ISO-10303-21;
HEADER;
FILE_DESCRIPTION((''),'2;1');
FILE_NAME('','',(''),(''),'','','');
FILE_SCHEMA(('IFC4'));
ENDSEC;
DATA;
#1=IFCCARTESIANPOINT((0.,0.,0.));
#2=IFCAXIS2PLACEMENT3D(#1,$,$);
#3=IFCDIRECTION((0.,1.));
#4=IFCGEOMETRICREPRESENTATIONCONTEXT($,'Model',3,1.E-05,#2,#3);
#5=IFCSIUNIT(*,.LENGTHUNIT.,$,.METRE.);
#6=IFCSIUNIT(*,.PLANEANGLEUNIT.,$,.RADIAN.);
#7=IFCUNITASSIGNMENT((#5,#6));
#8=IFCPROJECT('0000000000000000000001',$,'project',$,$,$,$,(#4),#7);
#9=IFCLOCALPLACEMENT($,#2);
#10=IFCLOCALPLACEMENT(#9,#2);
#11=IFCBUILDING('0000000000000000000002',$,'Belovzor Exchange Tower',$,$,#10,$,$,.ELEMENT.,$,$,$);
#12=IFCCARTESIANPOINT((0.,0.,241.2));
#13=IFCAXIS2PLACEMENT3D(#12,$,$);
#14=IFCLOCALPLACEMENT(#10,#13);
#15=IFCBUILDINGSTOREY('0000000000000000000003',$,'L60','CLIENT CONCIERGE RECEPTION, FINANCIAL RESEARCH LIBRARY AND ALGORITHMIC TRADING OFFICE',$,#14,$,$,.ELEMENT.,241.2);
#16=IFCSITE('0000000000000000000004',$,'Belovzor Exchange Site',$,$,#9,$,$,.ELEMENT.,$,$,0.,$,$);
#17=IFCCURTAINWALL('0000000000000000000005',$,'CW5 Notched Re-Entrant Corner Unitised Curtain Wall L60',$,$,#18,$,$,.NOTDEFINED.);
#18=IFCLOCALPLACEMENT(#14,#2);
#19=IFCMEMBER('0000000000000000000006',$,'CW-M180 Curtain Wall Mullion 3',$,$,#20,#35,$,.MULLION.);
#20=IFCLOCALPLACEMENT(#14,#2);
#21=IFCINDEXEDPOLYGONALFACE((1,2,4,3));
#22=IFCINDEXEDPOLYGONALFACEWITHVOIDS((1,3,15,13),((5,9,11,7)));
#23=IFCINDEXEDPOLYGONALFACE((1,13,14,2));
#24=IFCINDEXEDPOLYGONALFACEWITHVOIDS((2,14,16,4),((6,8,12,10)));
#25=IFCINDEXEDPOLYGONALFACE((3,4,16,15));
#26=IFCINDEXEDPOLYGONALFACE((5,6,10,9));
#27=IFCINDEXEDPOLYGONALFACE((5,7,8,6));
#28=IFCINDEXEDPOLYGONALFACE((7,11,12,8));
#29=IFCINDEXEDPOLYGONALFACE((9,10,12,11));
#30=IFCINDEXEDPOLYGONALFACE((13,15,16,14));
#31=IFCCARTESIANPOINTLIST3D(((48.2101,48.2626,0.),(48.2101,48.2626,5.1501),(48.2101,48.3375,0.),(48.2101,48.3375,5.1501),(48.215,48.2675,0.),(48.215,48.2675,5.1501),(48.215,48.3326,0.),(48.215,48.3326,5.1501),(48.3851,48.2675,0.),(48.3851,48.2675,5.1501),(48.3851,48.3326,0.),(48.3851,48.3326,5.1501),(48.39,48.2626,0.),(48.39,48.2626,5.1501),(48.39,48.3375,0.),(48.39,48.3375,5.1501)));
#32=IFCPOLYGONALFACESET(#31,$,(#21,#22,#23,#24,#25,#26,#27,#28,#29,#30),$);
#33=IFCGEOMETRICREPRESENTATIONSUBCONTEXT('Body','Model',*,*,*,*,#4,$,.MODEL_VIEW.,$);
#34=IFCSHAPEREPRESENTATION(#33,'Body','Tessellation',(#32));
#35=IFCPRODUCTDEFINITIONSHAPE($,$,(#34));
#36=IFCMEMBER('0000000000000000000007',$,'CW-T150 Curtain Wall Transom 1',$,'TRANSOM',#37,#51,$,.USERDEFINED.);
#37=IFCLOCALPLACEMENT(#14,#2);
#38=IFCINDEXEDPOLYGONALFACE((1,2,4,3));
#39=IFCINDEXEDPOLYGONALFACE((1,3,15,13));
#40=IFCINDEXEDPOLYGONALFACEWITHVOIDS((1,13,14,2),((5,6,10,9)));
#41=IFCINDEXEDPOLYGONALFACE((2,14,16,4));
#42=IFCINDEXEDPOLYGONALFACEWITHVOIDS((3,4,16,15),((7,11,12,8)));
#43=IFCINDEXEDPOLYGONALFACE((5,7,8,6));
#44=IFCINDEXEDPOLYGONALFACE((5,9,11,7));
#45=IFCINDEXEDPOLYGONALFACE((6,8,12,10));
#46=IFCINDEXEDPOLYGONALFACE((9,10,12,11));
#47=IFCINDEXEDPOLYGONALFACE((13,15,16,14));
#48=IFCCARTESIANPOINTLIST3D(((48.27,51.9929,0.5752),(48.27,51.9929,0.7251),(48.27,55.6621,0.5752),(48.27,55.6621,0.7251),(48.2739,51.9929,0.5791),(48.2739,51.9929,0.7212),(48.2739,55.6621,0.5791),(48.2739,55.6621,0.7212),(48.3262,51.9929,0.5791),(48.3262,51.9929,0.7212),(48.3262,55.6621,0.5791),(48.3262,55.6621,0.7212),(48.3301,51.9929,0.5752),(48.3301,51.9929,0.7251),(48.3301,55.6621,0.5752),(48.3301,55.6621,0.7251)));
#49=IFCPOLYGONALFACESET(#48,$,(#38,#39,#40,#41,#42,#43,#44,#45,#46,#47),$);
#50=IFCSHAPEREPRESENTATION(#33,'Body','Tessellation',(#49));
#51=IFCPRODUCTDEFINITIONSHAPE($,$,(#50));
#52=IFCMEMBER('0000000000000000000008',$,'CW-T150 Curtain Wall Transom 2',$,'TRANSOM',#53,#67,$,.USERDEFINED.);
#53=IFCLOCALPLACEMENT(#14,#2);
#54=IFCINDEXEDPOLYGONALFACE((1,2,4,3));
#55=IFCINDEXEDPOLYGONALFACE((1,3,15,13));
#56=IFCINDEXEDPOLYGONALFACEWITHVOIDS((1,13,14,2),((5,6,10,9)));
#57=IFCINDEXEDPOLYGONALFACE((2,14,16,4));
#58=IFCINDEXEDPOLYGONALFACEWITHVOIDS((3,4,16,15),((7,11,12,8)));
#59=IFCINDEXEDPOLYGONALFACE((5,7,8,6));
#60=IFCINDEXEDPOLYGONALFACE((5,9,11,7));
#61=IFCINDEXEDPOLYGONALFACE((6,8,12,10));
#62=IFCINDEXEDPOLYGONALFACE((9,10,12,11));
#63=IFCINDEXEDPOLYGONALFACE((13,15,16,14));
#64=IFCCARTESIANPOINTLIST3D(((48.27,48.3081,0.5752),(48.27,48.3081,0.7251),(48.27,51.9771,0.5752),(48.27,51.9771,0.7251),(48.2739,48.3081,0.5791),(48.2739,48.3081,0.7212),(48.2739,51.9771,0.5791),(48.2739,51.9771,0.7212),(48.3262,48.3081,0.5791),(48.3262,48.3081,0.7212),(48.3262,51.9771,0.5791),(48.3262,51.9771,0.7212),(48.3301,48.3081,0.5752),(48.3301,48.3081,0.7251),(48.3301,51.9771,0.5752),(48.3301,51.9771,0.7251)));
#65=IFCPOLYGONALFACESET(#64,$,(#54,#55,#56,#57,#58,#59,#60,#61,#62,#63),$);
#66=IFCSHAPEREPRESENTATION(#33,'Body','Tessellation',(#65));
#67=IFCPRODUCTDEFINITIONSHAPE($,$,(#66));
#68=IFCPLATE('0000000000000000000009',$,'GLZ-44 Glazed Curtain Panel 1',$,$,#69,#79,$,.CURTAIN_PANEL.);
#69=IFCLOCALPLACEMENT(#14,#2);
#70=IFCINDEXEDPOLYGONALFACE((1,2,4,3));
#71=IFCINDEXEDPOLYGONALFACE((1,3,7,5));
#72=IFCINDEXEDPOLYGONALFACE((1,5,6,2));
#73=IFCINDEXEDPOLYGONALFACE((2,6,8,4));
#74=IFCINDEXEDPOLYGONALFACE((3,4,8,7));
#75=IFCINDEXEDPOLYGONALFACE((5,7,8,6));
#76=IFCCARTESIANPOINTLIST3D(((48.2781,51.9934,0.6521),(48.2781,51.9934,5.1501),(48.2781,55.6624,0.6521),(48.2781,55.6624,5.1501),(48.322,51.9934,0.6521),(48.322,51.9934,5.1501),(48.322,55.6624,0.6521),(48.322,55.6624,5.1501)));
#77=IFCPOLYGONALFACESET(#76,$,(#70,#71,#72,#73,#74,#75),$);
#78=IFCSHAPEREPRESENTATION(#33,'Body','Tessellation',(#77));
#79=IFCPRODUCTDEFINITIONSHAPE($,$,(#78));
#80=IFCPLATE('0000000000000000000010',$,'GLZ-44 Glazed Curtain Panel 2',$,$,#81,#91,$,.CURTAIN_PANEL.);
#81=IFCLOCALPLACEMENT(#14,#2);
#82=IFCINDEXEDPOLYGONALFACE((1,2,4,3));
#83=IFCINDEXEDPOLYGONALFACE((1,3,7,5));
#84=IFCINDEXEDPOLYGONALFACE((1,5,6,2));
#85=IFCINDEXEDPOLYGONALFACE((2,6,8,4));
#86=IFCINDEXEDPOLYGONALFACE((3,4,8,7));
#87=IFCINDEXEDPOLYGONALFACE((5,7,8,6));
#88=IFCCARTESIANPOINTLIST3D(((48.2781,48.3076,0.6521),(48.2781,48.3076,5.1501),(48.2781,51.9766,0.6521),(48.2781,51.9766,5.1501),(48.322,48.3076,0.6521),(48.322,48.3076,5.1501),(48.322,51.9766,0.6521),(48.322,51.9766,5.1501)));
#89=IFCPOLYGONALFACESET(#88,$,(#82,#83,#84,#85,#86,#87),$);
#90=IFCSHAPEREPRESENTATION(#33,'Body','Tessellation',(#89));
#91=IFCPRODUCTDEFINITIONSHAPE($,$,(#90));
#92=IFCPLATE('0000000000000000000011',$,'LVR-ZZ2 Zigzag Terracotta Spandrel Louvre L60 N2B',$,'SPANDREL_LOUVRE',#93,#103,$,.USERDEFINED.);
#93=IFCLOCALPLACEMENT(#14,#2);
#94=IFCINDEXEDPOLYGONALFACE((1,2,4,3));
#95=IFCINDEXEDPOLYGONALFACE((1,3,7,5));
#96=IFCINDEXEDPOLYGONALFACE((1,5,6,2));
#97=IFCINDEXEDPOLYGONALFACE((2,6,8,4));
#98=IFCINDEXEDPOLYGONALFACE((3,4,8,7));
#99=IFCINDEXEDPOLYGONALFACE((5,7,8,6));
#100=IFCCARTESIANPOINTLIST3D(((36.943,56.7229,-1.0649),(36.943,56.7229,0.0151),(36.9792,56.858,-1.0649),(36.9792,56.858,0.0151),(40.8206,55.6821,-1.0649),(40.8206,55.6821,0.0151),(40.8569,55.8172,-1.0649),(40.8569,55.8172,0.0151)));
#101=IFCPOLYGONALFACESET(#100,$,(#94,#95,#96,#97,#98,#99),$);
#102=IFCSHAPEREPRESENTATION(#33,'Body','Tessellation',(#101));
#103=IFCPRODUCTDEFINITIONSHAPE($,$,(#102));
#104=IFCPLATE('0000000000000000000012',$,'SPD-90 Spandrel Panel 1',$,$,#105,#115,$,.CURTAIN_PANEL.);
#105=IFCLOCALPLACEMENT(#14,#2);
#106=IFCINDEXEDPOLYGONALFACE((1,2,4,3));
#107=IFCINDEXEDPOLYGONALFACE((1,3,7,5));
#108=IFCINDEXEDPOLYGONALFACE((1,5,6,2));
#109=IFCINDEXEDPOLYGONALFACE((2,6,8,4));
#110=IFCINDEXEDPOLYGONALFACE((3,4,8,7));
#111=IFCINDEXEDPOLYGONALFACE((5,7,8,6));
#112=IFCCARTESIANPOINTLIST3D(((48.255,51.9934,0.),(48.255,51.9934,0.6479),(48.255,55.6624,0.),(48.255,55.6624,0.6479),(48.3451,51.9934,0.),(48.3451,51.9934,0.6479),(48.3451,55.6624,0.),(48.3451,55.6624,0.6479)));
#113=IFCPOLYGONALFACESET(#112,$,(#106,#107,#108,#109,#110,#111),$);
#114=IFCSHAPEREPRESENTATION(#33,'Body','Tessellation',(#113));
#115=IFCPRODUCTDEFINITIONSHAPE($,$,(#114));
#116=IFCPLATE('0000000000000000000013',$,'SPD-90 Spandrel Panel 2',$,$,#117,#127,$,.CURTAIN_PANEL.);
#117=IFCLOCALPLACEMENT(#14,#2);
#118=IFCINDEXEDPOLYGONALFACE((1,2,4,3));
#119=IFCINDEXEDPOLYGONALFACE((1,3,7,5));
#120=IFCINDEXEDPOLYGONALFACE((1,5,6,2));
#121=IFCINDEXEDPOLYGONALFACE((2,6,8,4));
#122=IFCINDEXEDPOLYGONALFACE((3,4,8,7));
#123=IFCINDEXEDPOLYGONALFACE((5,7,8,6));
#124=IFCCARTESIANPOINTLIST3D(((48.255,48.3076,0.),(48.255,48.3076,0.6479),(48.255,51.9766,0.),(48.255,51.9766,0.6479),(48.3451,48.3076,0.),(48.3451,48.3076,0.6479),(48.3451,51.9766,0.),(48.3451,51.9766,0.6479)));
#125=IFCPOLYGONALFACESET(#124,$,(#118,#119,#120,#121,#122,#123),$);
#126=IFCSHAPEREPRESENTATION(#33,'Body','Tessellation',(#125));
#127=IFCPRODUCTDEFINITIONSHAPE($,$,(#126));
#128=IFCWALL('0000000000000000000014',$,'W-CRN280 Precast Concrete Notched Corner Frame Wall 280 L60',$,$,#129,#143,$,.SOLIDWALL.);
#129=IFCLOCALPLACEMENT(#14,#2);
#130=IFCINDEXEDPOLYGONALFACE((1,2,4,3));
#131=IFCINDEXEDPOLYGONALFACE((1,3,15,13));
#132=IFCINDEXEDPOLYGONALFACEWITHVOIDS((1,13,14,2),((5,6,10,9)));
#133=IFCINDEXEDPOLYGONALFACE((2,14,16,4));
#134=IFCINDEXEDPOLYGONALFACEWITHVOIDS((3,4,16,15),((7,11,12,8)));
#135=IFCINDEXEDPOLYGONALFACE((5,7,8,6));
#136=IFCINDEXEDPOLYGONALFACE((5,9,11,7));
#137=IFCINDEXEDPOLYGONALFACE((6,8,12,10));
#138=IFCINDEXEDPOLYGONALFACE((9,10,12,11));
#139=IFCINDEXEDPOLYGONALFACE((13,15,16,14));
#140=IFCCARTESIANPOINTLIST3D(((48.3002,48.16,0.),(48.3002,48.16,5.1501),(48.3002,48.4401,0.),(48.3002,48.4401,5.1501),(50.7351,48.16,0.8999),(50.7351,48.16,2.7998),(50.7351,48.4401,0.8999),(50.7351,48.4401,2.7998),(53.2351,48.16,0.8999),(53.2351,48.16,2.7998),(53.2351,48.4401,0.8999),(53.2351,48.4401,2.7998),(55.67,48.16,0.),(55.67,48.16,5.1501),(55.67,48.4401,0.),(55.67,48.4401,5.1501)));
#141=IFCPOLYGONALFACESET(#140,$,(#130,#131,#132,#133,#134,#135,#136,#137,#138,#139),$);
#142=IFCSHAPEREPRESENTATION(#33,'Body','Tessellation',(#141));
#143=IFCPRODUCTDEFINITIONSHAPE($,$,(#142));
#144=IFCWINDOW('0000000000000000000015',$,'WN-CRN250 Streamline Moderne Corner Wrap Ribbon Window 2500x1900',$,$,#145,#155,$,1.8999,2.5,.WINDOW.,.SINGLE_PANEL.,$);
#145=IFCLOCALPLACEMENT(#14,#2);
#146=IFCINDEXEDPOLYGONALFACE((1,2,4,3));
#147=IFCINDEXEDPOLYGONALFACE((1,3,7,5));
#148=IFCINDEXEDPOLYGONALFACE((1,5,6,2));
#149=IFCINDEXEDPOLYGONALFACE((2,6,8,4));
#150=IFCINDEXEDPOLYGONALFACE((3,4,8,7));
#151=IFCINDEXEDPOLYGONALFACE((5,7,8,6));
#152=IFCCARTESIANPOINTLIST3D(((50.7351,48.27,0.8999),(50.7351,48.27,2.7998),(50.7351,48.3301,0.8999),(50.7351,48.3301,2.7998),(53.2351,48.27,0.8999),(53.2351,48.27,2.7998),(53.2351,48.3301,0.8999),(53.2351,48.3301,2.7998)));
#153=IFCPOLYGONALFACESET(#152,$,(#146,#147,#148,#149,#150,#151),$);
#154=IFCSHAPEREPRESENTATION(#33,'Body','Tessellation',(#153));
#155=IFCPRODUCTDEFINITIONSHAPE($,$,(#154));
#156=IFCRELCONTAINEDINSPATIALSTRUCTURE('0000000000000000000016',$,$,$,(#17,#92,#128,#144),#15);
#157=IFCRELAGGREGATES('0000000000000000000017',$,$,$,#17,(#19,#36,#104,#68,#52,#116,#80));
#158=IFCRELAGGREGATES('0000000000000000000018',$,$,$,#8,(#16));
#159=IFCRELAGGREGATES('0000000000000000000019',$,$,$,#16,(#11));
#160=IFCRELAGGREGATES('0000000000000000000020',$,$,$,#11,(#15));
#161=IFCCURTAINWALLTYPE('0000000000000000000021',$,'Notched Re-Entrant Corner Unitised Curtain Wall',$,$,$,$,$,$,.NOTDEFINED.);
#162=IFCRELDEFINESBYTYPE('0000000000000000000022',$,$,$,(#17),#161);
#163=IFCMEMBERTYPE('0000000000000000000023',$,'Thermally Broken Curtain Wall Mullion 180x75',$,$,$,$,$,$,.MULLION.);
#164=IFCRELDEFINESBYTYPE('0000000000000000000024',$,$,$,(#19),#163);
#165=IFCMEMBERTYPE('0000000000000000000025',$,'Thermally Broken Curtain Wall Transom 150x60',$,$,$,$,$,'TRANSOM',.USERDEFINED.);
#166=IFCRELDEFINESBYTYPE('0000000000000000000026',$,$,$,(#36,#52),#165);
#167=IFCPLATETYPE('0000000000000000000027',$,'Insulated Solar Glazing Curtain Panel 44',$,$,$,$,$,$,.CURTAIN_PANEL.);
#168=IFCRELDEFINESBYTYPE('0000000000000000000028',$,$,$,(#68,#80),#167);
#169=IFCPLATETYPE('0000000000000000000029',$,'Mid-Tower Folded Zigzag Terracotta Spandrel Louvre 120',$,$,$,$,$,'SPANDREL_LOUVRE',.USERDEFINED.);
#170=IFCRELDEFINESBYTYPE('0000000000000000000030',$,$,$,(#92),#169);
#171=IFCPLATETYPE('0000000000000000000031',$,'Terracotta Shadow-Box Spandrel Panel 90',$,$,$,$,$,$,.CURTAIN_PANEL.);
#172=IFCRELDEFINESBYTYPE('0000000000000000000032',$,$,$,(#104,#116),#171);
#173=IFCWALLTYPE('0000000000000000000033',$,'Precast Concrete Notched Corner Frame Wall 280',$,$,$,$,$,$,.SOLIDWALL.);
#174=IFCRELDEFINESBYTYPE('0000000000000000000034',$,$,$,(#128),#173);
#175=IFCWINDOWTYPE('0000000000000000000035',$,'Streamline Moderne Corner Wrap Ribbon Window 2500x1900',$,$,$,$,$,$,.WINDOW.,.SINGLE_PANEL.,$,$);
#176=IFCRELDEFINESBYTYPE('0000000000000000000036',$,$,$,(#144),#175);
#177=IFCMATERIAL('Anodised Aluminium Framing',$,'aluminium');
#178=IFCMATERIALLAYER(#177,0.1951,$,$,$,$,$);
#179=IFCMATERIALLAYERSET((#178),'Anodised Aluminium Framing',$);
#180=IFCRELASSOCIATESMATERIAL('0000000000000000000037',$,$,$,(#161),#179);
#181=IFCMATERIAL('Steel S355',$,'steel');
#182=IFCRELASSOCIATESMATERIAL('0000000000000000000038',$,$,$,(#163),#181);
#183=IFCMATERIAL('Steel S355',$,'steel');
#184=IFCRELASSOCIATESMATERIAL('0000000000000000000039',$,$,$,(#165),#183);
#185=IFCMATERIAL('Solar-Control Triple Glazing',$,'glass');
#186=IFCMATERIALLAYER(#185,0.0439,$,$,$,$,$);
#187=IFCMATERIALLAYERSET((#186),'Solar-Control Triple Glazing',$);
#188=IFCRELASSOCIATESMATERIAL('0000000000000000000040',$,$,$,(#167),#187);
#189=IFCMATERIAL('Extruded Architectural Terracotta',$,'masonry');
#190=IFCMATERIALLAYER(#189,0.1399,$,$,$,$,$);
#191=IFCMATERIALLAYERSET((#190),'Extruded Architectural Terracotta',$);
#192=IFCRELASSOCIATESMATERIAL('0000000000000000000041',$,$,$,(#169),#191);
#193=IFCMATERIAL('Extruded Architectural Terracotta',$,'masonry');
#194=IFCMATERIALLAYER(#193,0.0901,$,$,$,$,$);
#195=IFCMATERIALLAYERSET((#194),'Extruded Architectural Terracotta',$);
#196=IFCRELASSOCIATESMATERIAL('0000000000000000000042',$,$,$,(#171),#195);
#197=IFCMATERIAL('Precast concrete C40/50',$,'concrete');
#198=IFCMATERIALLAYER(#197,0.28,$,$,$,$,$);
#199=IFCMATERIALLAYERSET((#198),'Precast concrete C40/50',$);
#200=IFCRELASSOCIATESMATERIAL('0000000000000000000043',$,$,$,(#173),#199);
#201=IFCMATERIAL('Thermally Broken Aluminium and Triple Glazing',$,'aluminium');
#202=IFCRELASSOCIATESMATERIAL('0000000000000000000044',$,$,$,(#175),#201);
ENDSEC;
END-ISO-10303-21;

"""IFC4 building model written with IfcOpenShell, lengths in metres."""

from ifc_helpers import new_model, si_unit, direction, frame, frame_2d, origin, origin_2d, place, context, subcontext, project, spatial, rectangle, hollow_rectangle, extrude, material, layer, layer_set, material_profile, profile_set, type_object, element, fill, aggregate, save


model = new_model("IFC4")

# Units and contexts
model_context = context("Model", 3, precision=1e-05, world=origin(), true_north=direction((0.0, 1.0)))
body_context = subcontext(model_context, "Body", "Model", "MODEL_VIEW")
ifc_project = project(units=[si_unit("LENGTHUNIT", "METRE"), si_unit("PLANEANGLEUNIT", "RADIAN")], contexts=[model_context])

# Site, building, storey
site_placement = place(None, origin())
site = spatial("IfcSite", under=ifc_project, at=site_placement, Name="Belovzor Exchange Site", CompositionType="ELEMENT", RefElevation=0.0)
building_placement = place(site_placement, origin())
building = spatial("IfcBuilding", under=site, at=building_placement, Name="Belovzor Exchange Tower", CompositionType="ELEMENT")
storey_placement = place(building_placement, frame((0.0, 0.0, 241.2)))
storey = spatial("IfcBuildingStorey", under=building, at=storey_placement, Name="L60", Description="CLIENT CONCIERGE RECEPTION, FINANCIAL RESEARCH LIBRARY AND ALGORITHMIC TRADING OFFICE", CompositionType="ELEMENT", Elevation=241.2)

# Curtain wall, members, plates
ifc_material_1 = material(Name="Anodised Aluminium Framing", Category="aluminium")
ifc_layer_1 = layer(ifc_material_1, 0.1951)
ifc_layer_set_1 = layer_set([ifc_layer_1], Name="Anodised Aluminium Framing")
curtain_wall_type = type_object("IfcCurtainWallType", Name="Notched Re-Entrant Corner Unitised Curtain Wall", PredefinedType="NOTDEFINED", material=ifc_layer_set_1)
curtain_wall_placement = place(storey_placement, origin())
curtain_wall = element("IfcCurtainWall", 1, at=curtain_wall_placement, inside=storey, type_object=curtain_wall_type, Name="CW5 Notched Re-Entrant Corner Unitised Curtain Wall L60", PredefinedType="NOTDEFINED")
ifc_material_2 = material(Name="Steel S355", Category="steel")
ifc_material_profile_1 = material_profile(ifc_material_2, hollow_rectangle(XDim=0.075, YDim=0.1799, WallThickness=0.0049, at=origin_2d()))
ifc_profile_set_1 = profile_set([ifc_material_profile_1], Name="Steel S355")
member_type_1 = type_object("IfcMemberType", Name="Thermally Broken Curtain Wall Mullion 180x75", PredefinedType="MULLION", material=ifc_profile_set_1)
member_1_placement = place(storey_placement, frame((48.3, 48.3, 0.0), z_axis=(0.0, 0.0, 1.0), x_axis=(0.0, -1.0, 0.0)))
member_1 = element("IfcMember", 2, at=member_1_placement, type_object=member_type_1, Name="CW-M180 Curtain Wall Mullion 3", PredefinedType="MULLION", context=body_context, shape_type="SweptSolid", body=[
    extrude(hollow_rectangle(XDim=0.075, YDim=0.1799, WallThickness=0.0049, at=origin_2d()), origin(), (0.0, 0.0, 1.0), 5.1501),
])
ifc_material_3 = material(Name="Steel S355", Category="steel")
ifc_material_profile_2 = material_profile(ifc_material_3, hollow_rectangle(XDim=0.0601, YDim=0.1499, WallThickness=0.0039, at=origin_2d()))
ifc_profile_set_2 = profile_set([ifc_material_profile_2], Name="Steel S355")
member_type_2 = type_object("IfcMemberType", Name="Thermally Broken Curtain Wall Transom 150x60", ElementType="TRANSOM", PredefinedType="USERDEFINED", material=ifc_profile_set_2)
member_2_placement = place(storey_placement, frame((48.3, 55.6621, 0.6501), z_axis=(0.0, -1.0, 0.0), x_axis=(1.0, 0.0, 0.0)))
member_2 = element("IfcMember", 3, at=member_2_placement, type_object=member_type_2, Name="CW-T150 Curtain Wall Transom 1", ObjectType="TRANSOM", PredefinedType="USERDEFINED", context=body_context, shape_type="SweptSolid", body=[
    extrude(hollow_rectangle(XDim=0.0601, YDim=0.1499, WallThickness=0.0039, at=origin_2d()), origin(), (0.0, 0.0, 1.0), 3.6692),
])
member_3_placement = place(storey_placement, frame((48.3, 51.9771, 0.6501), z_axis=(0.0, -1.0, 0.0), x_axis=(1.0, 0.0, 0.0)))
member_3 = element("IfcMember", 4, at=member_3_placement, type_object=member_type_2, Name="CW-T150 Curtain Wall Transom 2", ObjectType="TRANSOM", PredefinedType="USERDEFINED", context=body_context, shape_type="SweptSolid", body=[
    extrude(hollow_rectangle(XDim=0.0601, YDim=0.1499, WallThickness=0.0039, at=origin_2d()), origin(), (0.0, 0.0, 1.0), 3.6689),
])
ifc_material_4 = material(Name="Solar-Control Triple Glazing", Category="glass")
ifc_layer_2 = layer(ifc_material_4, 0.0439)
ifc_layer_set_2 = layer_set([ifc_layer_2], Name="Solar-Control Triple Glazing")
plate_type_1 = type_object("IfcPlateType", Name="Insulated Solar Glazing Curtain Panel 44", PredefinedType="CURTAIN_PANEL", material=ifc_layer_set_2)
plate_1_placement = place(storey_placement, frame((48.3, 53.8279, 0.6521), z_axis=(0.0, 0.0, 1.0), x_axis=(0.0, -1.0, 0.0)))
plate_1 = element("IfcPlate", 5, at=plate_1_placement, type_object=plate_type_1, Name="GLZ-44 Glazed Curtain Panel 1", PredefinedType="CURTAIN_PANEL", context=body_context, shape_type="SweptSolid", body=[
    extrude(rectangle(XDim=3.6689, YDim=0.0439, at=origin_2d()), origin(), (0.0, 0.0, 1.0), 4.498),
])
plate_2_placement = place(storey_placement, frame((48.3, 50.1421, 0.6521), z_axis=(0.0, 0.0, 1.0), x_axis=(0.0, -1.0, 0.0)))
plate_2 = element("IfcPlate", 6, at=plate_2_placement, type_object=plate_type_1, Name="GLZ-44 Glazed Curtain Panel 2", PredefinedType="CURTAIN_PANEL", context=body_context, shape_type="SweptSolid", body=[
    extrude(rectangle(XDim=3.6689, YDim=0.0439, at=origin_2d()), origin(), (0.0, 0.0, 1.0), 4.498),
])

# Plates
ifc_material_5 = material(Name="Extruded Architectural Terracotta", Category="masonry")
ifc_layer_3 = layer(ifc_material_5, 0.1399)
ifc_layer_set_3 = layer_set([ifc_layer_3], Name="Extruded Architectural Terracotta")
plate_type_2 = type_object("IfcPlateType", Name="Mid-Tower Folded Zigzag Terracotta Spandrel Louvre 120", ElementType="SPANDREL_LOUVRE", PredefinedType="USERDEFINED", material=ifc_layer_set_3)
plate_3_placement = place(storey_placement, frame((38.8999, 56.27, -1.0649), z_axis=(0.0, 0.0, 1.0), x_axis=(0.965813, -0.25924, 0.0)))
element("IfcPlate", 7, at=plate_3_placement, inside=storey, type_object=plate_type_2, Name="LVR-ZZ2 Zigzag Terracotta Spandrel Louvre L60 N2B", ObjectType="SPANDREL_LOUVRE", PredefinedType="USERDEFINED", context=body_context, shape_type="SweptSolid", body=[
    extrude(rectangle(XDim=4.0149, YDim=0.1399, at=origin_2d()), origin(), (0.0, 0.0, 1.0), 1.0801),
])
ifc_material_6 = material(Name="Extruded Architectural Terracotta", Category="masonry")
ifc_layer_4 = layer(ifc_material_6, 0.0901)
ifc_layer_set_4 = layer_set([ifc_layer_4], Name="Extruded Architectural Terracotta")
plate_type_3 = type_object("IfcPlateType", Name="Terracotta Shadow-Box Spandrel Panel 90", PredefinedType="CURTAIN_PANEL", material=ifc_layer_set_4)
plate_4_placement = place(storey_placement, frame((48.3, 53.8279, 0.0), z_axis=(0.0, 0.0, 1.0), x_axis=(0.0, -1.0, 0.0)))
plate_4 = element("IfcPlate", 8, at=plate_4_placement, type_object=plate_type_3, Name="SPD-90 Spandrel Panel 1", PredefinedType="CURTAIN_PANEL", context=body_context, shape_type="SweptSolid", body=[
    extrude(rectangle(XDim=3.6689, YDim=0.0901, at=origin_2d()), origin(), (0.0, 0.0, 1.0), 0.6479),
])
plate_5_placement = place(storey_placement, frame((48.3, 50.1421, 0.0), z_axis=(0.0, 0.0, 1.0), x_axis=(0.0, -1.0, 0.0)))
plate_5 = element("IfcPlate", 9, at=plate_5_placement, type_object=plate_type_3, Name="SPD-90 Spandrel Panel 2", PredefinedType="CURTAIN_PANEL", context=body_context, shape_type="SweptSolid", body=[
    extrude(rectangle(XDim=3.6689, YDim=0.0901, at=origin_2d()), origin(), (0.0, 0.0, 1.0), 0.6479),
])
aggregate(curtain_wall, [member_1, member_2, plate_4, plate_1, member_3, plate_5, plate_2])

# Wall, opening, window
ifc_material_7 = material(Name="Precast concrete C40/50", Category="concrete")
ifc_layer_5 = layer(ifc_material_7, 0.28)
ifc_layer_set_5 = layer_set([ifc_layer_5], Name="Precast concrete C40/50")
wall_type_1 = type_object("IfcWallType", Name="Precast Concrete Notched Corner Frame Wall 280", PredefinedType="SOLIDWALL", material=ifc_layer_set_5)
wall_1_placement = place(storey_placement, frame((48.3, 48.3, 0.0), z_axis=(0.0, 0.0, 1.0), x_axis=(1.0, 0.0, 0.0)))
wall_1 = element("IfcWall", 10, at=wall_1_placement, inside=storey, type_object=wall_type_1, Name="W-CRN280 Precast Concrete Notched Corner Frame Wall 280 L60", PredefinedType="SOLIDWALL", context=body_context, shape_type="SweptSolid", body=[
    extrude(rectangle(XDim=7.3699, YDim=0.28, at=frame_2d((3.6851, 0.0))), origin(), (0.0, 0.0, 1.0), 5.1501),
])
opening_1_placement = place(wall_1_placement, frame((2.4351, 0.0, 0.8999)))
opening_1 = element("IfcOpeningElement", 11, at=opening_1_placement, cuts=wall_1, PredefinedType="OPENING", context=body_context, shape_type="SweptSolid", body=[
    extrude(rectangle(XDim=2.5, YDim=1.8999, at=frame_2d((1.25, 0.95))), frame((0.0, 0.1499, 0.0), z_axis=(0.0, -1.0, 0.0), x_axis=(1.0, 0.0, 0.0)), (0.0, 0.0, 1.0), 0.3),
])
ifc_material_8 = material(Name="Thermally Broken Aluminium and Triple Glazing", Category="aluminium")
window_type_1 = type_object("IfcWindowType", Name="Streamline Moderne Corner Wrap Ribbon Window 2500x1900", PartitioningType="SINGLE_PANEL", PredefinedType="WINDOW", material=ifc_material_8)
window_1_placement = place(opening_1_placement, origin())
window_1 = element("IfcWindow", 12, at=window_1_placement, inside=storey, type_object=window_type_1, Name="WN-CRN250 Streamline Moderne Corner Wrap Ribbon Window 2500x1900", OverallHeight=1.8999, OverallWidth=2.5, PartitioningType="SINGLE_PANEL", PredefinedType="WINDOW", context=body_context, shape_type="SweptSolid", body=[
    extrude(rectangle(XDim=2.5, YDim=1.8999, at=frame_2d((1.25, 0.95))), frame((0.0, 0.03, 0.0), z_axis=(0.0, -1.0, 0.0), x_axis=(1.0, 0.0, 0.0)), (0.0, 0.0, 1.0), 0.0601),
])
fill(opening_1, window_1)

save(model, "model.ifc")
